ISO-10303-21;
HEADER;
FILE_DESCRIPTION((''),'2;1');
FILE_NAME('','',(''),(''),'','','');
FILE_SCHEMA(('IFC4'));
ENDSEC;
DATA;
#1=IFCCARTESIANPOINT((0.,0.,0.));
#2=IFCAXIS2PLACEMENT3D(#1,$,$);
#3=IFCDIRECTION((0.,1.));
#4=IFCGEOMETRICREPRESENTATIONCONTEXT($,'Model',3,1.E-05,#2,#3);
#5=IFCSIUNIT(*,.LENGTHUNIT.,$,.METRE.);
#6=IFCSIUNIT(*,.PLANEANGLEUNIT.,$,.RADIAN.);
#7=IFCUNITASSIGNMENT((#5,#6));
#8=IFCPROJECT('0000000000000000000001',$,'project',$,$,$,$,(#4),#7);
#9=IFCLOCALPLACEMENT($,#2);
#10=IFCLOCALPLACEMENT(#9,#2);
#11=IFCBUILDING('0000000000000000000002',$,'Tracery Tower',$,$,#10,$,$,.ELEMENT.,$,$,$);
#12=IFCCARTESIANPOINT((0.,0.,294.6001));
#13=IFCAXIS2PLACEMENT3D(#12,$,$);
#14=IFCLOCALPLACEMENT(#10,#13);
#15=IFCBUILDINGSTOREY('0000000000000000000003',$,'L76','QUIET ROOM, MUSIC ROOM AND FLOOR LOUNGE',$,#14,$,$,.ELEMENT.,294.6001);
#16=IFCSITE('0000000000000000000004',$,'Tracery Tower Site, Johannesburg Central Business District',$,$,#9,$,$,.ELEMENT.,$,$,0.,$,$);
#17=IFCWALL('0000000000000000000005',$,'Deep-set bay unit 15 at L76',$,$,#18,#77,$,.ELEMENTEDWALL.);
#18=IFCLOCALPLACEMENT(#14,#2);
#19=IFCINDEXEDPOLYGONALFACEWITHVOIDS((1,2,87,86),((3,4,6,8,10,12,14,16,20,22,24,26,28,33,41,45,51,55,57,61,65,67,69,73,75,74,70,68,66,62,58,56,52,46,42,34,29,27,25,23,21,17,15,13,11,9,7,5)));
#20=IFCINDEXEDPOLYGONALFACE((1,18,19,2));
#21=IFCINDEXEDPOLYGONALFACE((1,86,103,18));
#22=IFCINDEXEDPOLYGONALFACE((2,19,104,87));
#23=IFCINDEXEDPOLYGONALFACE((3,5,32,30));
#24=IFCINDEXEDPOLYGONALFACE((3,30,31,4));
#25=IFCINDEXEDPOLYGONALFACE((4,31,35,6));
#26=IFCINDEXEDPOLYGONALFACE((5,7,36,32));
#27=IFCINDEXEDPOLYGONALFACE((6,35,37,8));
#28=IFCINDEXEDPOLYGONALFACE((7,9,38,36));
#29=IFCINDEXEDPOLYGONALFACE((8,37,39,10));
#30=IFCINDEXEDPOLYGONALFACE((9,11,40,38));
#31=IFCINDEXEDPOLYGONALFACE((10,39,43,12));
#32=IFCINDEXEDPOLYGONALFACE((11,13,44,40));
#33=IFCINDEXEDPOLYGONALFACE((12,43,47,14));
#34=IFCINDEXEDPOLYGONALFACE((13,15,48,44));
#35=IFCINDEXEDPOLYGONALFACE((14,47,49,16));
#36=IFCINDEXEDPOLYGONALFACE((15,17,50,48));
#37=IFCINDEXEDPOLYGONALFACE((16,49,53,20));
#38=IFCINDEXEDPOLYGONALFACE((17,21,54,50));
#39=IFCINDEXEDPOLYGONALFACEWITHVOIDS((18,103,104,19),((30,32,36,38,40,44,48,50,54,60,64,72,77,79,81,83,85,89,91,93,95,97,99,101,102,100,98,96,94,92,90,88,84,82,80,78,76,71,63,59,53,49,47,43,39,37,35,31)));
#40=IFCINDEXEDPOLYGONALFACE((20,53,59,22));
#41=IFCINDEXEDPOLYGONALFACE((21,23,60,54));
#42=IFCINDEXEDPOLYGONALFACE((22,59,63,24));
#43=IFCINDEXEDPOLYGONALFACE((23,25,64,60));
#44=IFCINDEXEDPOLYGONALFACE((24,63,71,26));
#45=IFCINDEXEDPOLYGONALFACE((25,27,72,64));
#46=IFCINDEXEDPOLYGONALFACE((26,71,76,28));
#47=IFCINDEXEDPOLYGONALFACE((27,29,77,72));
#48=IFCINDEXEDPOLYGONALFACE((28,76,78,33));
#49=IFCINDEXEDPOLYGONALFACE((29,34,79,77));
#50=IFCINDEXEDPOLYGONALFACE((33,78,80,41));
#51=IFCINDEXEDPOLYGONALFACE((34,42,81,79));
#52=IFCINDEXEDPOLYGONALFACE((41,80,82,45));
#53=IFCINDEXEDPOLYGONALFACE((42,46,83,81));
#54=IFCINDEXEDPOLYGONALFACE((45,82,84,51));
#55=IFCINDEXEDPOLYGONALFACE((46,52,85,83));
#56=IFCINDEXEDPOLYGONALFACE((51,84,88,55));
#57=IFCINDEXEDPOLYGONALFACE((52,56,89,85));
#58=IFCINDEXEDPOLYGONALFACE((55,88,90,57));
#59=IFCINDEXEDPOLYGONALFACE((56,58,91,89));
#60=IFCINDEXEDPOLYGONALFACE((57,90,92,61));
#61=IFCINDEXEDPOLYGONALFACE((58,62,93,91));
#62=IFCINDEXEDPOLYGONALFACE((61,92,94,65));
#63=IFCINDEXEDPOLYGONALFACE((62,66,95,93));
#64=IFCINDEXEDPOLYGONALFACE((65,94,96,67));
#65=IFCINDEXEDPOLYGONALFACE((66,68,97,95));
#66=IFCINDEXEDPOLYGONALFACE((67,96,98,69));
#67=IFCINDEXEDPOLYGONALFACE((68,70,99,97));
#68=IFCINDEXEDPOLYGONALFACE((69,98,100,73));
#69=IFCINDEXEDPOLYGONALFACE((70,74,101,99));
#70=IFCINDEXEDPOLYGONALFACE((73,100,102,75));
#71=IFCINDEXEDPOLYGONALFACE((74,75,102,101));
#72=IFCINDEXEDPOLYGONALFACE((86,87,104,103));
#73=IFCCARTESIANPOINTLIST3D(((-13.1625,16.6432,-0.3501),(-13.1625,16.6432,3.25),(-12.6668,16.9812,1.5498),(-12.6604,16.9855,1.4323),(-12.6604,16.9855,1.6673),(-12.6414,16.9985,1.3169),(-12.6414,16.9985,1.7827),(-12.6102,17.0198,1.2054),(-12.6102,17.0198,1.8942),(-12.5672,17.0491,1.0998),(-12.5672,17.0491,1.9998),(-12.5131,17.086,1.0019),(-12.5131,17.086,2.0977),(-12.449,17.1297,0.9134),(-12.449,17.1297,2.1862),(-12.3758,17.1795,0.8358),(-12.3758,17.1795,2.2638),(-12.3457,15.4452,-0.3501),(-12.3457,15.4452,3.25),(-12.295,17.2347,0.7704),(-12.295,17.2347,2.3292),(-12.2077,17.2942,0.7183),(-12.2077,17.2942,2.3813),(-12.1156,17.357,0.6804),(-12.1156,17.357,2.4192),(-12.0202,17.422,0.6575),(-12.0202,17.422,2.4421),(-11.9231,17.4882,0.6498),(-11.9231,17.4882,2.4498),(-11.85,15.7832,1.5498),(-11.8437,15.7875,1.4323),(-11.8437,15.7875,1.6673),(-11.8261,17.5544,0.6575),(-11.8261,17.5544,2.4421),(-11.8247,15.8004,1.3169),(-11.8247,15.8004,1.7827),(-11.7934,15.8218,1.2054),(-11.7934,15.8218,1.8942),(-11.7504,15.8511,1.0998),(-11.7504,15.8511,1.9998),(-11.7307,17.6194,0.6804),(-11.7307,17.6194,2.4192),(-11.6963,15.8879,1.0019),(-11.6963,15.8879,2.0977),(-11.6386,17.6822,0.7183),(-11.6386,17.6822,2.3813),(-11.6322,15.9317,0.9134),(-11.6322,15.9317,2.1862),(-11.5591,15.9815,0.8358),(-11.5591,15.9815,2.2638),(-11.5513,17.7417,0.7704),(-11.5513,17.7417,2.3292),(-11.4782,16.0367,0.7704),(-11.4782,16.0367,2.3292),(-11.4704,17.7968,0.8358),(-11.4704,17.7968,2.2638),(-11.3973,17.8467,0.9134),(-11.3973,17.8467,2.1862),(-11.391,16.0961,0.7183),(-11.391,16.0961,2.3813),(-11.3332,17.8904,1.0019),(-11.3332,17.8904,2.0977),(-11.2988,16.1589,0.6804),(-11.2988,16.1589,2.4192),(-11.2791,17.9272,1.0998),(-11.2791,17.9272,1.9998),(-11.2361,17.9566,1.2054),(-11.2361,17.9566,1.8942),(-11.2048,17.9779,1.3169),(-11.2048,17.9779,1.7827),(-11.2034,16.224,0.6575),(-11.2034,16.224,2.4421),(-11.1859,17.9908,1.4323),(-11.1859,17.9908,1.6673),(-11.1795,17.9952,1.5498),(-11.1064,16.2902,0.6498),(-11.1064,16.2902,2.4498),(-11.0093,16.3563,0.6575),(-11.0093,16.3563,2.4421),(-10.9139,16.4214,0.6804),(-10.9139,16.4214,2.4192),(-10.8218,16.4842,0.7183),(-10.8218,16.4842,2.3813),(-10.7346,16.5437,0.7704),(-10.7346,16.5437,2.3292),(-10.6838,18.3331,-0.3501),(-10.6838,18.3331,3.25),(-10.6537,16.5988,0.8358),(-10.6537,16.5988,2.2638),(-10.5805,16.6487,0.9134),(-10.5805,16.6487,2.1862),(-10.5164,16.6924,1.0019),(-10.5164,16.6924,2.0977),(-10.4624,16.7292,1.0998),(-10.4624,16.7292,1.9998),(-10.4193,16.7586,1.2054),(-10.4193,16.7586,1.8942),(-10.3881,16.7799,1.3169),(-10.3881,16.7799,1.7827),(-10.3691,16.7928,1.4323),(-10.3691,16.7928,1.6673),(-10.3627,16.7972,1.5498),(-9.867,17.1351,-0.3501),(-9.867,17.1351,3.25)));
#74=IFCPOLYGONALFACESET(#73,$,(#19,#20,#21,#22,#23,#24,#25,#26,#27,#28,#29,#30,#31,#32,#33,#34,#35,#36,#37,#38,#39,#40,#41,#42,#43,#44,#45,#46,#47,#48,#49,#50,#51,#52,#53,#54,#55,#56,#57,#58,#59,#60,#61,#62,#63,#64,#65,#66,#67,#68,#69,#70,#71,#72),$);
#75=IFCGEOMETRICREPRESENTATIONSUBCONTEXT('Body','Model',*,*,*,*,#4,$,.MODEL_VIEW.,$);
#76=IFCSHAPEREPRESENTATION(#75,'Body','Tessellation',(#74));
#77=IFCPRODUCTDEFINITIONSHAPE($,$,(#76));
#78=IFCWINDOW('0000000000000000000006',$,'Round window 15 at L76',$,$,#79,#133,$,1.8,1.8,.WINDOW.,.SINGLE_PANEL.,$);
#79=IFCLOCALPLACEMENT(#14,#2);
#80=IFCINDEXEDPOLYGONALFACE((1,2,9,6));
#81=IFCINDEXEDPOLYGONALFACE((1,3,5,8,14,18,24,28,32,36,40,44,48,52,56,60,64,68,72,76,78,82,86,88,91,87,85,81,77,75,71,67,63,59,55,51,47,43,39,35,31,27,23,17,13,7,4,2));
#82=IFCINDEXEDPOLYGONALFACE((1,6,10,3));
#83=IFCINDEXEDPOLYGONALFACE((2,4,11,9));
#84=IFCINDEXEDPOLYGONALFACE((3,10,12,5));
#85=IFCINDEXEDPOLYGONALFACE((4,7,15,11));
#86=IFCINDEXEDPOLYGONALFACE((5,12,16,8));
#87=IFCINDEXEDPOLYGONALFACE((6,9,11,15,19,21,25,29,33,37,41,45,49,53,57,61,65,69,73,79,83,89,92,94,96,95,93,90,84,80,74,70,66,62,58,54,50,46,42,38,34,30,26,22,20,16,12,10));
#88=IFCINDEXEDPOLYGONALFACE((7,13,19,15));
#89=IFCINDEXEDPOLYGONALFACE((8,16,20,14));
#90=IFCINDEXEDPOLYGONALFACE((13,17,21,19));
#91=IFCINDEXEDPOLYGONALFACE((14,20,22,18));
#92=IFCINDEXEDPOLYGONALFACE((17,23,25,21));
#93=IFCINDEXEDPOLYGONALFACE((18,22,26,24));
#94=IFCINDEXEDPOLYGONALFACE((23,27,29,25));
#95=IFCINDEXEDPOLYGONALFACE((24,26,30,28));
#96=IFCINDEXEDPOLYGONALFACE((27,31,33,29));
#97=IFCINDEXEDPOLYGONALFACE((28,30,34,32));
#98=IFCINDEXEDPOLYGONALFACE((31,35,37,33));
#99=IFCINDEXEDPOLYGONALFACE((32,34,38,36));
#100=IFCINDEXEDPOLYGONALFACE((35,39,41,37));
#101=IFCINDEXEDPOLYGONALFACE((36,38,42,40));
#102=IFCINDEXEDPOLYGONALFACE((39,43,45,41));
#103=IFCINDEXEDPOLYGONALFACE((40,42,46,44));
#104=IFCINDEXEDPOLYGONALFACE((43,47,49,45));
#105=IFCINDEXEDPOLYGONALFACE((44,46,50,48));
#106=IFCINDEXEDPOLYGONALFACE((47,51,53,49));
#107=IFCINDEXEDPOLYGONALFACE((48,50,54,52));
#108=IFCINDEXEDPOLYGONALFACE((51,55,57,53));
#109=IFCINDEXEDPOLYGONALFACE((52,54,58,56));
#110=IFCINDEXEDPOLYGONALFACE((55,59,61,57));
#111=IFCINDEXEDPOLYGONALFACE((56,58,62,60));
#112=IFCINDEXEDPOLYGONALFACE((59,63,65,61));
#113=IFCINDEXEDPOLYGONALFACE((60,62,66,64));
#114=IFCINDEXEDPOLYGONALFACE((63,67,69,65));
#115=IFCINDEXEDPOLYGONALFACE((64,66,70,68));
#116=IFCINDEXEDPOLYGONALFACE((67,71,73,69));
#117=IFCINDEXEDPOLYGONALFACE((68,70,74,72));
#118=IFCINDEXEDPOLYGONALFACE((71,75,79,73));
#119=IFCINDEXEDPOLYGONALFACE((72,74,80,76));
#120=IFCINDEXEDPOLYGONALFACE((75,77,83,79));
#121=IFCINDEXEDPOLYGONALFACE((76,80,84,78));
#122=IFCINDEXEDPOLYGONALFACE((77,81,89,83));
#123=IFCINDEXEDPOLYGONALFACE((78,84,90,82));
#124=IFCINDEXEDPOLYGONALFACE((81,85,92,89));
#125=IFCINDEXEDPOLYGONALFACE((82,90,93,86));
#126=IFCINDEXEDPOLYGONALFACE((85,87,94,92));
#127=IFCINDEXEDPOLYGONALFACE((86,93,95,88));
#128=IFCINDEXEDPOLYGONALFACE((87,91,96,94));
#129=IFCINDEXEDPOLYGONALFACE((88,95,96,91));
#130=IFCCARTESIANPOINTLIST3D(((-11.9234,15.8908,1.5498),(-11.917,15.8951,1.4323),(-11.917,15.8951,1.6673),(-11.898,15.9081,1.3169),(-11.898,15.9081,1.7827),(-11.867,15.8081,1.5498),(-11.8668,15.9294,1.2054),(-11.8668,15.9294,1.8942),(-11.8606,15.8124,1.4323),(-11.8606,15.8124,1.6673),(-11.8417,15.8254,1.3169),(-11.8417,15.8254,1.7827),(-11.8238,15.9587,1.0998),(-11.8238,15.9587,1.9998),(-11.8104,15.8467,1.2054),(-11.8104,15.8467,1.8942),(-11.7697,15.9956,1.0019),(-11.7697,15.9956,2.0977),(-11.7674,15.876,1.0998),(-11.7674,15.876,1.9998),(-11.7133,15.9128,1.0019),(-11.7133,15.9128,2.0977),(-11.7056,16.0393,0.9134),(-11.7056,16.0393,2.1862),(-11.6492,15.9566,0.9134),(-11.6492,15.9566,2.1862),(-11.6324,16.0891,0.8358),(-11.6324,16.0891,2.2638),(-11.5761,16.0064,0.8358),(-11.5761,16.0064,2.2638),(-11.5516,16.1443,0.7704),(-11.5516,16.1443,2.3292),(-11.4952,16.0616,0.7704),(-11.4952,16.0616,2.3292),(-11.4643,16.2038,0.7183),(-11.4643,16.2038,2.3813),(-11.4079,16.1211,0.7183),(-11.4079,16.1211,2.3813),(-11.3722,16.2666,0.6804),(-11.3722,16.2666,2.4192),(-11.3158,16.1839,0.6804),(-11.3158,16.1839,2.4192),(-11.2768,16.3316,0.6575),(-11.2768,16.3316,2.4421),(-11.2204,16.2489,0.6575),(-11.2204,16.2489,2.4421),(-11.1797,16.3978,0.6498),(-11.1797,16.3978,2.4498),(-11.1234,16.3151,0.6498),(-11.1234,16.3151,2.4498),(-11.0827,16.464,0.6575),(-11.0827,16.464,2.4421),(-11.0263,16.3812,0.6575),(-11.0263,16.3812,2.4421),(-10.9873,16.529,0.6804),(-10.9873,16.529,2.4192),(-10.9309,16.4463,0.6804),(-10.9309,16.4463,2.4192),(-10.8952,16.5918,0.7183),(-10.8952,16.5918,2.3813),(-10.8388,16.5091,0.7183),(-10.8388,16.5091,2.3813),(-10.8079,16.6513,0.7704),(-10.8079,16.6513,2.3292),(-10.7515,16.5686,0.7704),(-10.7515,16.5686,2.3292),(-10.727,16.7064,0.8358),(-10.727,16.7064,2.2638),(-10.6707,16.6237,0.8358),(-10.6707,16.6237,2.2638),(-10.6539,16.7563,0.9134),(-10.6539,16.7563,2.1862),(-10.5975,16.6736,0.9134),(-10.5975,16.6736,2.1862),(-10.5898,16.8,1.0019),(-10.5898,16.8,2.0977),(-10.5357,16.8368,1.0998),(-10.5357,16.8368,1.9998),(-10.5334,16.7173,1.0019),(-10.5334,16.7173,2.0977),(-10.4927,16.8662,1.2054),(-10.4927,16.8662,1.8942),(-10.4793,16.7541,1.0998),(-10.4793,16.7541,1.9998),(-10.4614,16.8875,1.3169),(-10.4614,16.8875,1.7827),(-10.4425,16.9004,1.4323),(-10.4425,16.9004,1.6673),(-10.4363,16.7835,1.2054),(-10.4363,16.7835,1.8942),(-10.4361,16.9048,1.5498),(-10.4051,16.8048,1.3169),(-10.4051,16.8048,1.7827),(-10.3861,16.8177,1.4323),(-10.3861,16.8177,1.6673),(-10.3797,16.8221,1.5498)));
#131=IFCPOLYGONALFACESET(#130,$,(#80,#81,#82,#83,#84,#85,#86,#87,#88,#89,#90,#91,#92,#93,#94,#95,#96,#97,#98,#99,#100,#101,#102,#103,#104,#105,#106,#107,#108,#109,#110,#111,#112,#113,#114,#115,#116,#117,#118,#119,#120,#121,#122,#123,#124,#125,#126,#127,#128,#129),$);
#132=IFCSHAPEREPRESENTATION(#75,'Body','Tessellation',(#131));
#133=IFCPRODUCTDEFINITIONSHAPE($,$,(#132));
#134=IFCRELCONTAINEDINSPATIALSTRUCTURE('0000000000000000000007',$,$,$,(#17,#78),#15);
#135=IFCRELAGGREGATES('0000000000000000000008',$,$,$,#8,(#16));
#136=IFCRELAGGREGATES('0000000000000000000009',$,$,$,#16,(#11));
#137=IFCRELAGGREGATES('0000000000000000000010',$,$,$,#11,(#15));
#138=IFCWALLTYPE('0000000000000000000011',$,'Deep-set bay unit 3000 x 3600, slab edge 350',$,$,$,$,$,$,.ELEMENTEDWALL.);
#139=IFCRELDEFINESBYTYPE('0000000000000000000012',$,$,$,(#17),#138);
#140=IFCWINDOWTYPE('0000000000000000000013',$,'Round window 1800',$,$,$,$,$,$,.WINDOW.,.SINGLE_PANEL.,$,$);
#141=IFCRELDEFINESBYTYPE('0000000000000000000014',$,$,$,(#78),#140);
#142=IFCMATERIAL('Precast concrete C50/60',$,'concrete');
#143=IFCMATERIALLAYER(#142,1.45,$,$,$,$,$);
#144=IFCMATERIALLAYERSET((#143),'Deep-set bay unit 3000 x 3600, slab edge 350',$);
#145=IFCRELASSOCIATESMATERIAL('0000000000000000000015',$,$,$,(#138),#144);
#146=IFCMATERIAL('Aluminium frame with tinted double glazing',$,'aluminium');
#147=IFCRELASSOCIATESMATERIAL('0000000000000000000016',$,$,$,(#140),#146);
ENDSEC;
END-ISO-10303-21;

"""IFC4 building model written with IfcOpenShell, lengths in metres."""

from ifc_helpers import new_model, si_unit, direction, frame, frame_2d, origin, origin_2d, place, context, subcontext, project, spatial, rectangle, circle, extrude, material, layer, layer_set, type_object, element, fill, save


model = new_model("IFC4")

# Units and contexts
model_context = context("Model", 3, precision=1e-05, world=origin(), true_north=direction((0.0, 1.0)))
body_context = subcontext(model_context, "Body", "Model", "MODEL_VIEW")
ifc_project = project(units=[si_unit("LENGTHUNIT", "METRE"), si_unit("PLANEANGLEUNIT", "RADIAN")], contexts=[model_context])

# Site, building, storey
site_placement = place(None, origin())
site = spatial("IfcSite", under=ifc_project, at=site_placement, Name="Tracery Tower Site, Johannesburg Central Business District", CompositionType="ELEMENT", RefElevation=0.0)
building_placement = place(site_placement, origin())
building = spatial("IfcBuilding", under=site, at=building_placement, Name="Tracery Tower", CompositionType="ELEMENT")
storey_placement = place(building_placement, frame((0.0, 0.0, 294.6001)))
storey = spatial("IfcBuildingStorey", under=building, at=storey_placement, Name="L76", Description="QUIET ROOM, MUSIC ROOM AND FLOOR LOUNGE", CompositionType="ELEMENT", Elevation=294.6001)

# Wall, opening, window
ifc_material_1 = material(Name="Precast concrete C50/60", Category="concrete")
ifc_layer_1 = layer(ifc_material_1, 1.45)
ifc_layer_set_1 = layer_set([ifc_layer_1], Name="Deep-set bay unit 3000 x 3600, slab edge 350")
wall_type_1 = type_object("IfcWallType", Name="Deep-set bay unit 3000 x 3600, slab edge 350", PredefinedType="ELEMENTEDWALL", material=ifc_layer_set_1)
wall_1_placement = place(storey_placement, frame((-10.2754, 17.7341, -0.3501), z_axis=(0.0, 0.0, 1.0), x_axis=(-0.826246, -0.563309, 0.0)))
wall_1 = element("IfcWall", 1, at=wall_1_placement, inside=storey, type_object=wall_type_1, Name="Deep-set bay unit 15 at L76", PredefinedType="ELEMENTEDWALL", context=body_context, shape_type="SweptSolid", body=[
    extrude(rectangle(XDim=3.0, YDim=1.45, at=frame_2d((1.5, 0.0))), origin(), (0.0, 0.0, 1.0), 3.6001),
])
opening_1_placement = place(wall_1_placement, frame((1.5, 0.0, 1.8999)))
opening_1 = element("IfcOpeningElement", 2, at=opening_1_placement, cuts=wall_1, PredefinedType="OPENING", context=body_context, shape_type="SweptSolid", body=[
    extrude(circle(Radius=0.9, at=origin_2d()), frame((0.0, 0.7349, 0.0), z_axis=(0.0, -1.0, 0.0), x_axis=(1.0, 0.0, 0.0)), (0.0, 0.0, 1.0), 1.47),
])
ifc_material_2 = material(Name="Aluminium frame with tinted double glazing", Category="aluminium")
window_type = type_object("IfcWindowType", Name="Round window 1800", PartitioningType="SINGLE_PANEL", PredefinedType="WINDOW", material=ifc_material_2)
window_1_placement = place(opening_1_placement, origin())
window_1 = element("IfcWindow", 3, at=window_1_placement, inside=storey, type_object=window_type, Name="Round window 15 at L76", OverallHeight=1.8, OverallWidth=1.8, PartitioningType="SINGLE_PANEL", PredefinedType="WINDOW", context=body_context, shape_type="SweptSolid", body=[
    extrude(circle(Radius=0.9, at=origin_2d()), frame((0.0, 0.6948, 0.0), z_axis=(0.0, -1.0, 0.0), x_axis=(1.0, 0.0, 0.0)), (0.0, 0.0, 1.0), 0.1001),
])
fill(opening_1, window_1)

save(model, "model.ifc")
